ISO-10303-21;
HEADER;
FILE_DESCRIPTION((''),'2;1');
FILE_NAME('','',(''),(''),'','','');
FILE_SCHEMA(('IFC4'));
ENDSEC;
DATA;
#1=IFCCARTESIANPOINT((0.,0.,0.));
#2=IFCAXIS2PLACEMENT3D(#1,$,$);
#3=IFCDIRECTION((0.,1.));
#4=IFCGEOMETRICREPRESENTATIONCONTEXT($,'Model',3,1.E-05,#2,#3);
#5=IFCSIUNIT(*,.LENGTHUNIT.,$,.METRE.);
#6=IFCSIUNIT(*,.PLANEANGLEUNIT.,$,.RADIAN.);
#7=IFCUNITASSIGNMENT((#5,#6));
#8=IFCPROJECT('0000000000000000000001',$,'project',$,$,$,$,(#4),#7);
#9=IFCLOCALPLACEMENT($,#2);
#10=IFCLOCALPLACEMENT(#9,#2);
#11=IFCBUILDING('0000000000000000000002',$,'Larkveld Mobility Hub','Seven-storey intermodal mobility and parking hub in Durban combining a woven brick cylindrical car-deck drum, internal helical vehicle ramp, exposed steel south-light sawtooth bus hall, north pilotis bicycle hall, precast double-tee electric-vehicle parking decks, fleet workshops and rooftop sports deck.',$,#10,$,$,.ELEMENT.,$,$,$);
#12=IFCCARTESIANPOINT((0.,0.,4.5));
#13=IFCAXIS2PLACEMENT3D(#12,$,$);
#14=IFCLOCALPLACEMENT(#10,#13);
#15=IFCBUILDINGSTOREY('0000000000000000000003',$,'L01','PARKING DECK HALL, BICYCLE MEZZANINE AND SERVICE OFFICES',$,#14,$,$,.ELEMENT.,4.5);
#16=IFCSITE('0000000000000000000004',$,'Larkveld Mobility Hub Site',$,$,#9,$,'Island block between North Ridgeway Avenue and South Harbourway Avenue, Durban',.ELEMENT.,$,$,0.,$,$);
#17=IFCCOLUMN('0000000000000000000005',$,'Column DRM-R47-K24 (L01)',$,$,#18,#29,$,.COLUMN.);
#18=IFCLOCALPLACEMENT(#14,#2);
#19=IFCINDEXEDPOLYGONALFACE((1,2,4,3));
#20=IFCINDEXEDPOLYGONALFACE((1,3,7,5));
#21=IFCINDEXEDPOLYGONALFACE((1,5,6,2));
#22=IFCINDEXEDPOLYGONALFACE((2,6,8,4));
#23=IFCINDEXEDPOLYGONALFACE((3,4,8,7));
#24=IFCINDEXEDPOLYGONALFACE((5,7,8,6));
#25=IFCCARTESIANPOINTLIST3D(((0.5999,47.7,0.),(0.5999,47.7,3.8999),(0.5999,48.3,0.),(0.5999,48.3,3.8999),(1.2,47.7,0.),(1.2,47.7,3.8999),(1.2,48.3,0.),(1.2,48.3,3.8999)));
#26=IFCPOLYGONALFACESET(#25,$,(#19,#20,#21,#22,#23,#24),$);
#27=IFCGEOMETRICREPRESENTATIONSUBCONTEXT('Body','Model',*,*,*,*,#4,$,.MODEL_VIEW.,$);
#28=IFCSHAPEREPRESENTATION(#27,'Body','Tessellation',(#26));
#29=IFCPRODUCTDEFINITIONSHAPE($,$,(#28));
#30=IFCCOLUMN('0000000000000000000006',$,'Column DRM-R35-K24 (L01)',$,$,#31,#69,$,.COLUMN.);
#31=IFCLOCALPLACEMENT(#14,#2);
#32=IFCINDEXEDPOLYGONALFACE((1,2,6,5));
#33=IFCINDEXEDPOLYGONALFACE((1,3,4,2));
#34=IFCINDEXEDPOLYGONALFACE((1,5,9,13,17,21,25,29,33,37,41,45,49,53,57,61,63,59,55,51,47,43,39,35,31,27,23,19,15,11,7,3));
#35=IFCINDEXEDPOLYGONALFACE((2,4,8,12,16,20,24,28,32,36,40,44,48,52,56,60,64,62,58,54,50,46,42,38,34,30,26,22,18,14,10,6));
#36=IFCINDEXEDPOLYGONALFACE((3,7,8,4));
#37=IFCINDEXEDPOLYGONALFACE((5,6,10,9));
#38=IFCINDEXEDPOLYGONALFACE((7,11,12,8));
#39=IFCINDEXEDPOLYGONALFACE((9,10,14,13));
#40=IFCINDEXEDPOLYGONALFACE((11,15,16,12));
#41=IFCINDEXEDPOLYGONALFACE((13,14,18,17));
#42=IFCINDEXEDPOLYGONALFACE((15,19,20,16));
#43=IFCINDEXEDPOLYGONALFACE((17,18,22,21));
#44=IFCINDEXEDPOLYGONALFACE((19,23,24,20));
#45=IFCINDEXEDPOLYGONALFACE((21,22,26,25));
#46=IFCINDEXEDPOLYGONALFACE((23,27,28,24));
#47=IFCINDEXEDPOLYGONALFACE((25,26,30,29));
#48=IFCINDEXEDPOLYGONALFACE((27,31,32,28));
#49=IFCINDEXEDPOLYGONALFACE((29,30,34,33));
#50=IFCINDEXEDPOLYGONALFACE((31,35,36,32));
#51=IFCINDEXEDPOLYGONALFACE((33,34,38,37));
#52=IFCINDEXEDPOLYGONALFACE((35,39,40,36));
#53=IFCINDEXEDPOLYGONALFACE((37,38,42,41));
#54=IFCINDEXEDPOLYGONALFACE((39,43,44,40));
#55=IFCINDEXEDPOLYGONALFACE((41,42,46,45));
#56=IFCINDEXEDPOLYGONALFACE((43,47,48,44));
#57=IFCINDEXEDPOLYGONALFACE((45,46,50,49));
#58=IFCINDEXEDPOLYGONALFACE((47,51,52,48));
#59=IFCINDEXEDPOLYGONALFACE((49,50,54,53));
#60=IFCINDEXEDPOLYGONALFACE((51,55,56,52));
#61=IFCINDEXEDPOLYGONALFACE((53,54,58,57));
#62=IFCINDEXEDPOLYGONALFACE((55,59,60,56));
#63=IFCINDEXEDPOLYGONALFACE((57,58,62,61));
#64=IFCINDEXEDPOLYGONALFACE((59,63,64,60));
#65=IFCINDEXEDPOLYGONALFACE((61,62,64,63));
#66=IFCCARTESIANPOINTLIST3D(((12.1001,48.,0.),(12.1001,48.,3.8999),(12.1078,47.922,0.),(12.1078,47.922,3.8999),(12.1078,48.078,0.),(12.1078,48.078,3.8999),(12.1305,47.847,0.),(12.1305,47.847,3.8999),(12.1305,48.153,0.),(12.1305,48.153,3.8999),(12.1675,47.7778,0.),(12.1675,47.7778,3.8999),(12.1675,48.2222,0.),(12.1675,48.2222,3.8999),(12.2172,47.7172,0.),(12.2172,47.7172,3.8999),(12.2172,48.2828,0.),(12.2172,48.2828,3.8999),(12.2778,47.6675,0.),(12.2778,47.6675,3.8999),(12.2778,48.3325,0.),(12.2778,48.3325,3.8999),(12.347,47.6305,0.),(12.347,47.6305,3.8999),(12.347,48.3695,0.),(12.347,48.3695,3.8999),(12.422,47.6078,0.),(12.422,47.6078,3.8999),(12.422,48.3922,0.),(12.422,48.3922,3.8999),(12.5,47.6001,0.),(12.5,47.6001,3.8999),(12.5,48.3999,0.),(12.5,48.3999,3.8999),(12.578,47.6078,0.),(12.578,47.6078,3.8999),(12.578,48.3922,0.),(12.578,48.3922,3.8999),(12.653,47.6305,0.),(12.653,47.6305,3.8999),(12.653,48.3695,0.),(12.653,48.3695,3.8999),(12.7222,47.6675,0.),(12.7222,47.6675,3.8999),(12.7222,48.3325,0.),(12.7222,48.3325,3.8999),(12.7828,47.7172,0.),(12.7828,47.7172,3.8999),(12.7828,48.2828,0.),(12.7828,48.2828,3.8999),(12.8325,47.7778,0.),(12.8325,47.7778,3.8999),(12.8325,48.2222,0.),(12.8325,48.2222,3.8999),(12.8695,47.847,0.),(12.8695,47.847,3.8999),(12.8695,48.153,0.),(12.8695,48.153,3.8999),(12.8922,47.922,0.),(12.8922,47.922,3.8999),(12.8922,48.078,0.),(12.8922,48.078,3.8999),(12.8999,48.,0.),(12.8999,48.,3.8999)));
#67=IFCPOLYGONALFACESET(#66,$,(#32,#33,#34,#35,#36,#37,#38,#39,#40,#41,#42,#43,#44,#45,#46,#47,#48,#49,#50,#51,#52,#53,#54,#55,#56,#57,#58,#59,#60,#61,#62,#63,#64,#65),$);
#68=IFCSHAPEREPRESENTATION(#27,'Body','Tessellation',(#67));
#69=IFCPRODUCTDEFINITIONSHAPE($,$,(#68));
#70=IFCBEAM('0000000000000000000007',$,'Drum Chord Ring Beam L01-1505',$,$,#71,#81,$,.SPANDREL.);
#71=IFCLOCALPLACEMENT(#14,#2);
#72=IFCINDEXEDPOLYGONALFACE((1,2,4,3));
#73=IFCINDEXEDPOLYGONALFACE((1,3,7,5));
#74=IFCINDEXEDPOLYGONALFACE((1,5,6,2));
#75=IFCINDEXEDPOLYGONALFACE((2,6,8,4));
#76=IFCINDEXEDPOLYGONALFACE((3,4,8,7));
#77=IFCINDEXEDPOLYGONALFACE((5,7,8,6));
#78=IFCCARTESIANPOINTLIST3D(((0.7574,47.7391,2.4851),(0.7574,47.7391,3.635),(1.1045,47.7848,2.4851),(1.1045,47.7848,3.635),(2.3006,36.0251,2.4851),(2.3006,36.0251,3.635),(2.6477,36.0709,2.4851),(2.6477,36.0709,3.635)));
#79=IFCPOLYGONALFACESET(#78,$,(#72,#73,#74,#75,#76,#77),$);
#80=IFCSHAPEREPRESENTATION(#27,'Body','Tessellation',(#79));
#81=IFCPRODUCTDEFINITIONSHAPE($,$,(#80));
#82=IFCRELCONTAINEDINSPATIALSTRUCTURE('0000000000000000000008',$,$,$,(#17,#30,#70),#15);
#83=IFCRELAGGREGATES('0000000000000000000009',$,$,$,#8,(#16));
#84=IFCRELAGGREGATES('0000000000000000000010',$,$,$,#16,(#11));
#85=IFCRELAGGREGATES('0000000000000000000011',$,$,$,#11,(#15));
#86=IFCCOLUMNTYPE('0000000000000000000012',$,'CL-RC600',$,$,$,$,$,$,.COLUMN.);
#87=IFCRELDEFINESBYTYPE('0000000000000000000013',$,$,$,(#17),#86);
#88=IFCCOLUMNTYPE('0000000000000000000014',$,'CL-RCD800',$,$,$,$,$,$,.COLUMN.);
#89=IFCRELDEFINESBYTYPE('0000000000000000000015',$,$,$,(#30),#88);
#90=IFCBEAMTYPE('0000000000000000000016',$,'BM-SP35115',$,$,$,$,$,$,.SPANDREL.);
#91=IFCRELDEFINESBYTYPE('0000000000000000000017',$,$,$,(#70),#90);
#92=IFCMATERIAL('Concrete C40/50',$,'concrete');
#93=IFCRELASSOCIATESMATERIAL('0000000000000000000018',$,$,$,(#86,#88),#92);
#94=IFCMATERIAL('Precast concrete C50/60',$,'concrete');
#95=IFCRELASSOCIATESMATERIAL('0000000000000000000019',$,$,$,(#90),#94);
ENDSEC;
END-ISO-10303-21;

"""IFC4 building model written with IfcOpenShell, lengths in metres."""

from ifc_helpers import new_model, si_unit, direction, frame, origin, origin_2d, place, context, subcontext, project, spatial, rectangle, circle, extrude, material, material_profile, profile_set, type_object, element, save


model = new_model("IFC4")

# Units and contexts
model_context = context("Model", 3, precision=1e-05, world=origin(), true_north=direction((0.0, 1.0)))
body_context = subcontext(model_context, "Body", "Model", "MODEL_VIEW")
ifc_project = project(units=[si_unit("LENGTHUNIT", "METRE"), si_unit("PLANEANGLEUNIT", "RADIAN")], contexts=[model_context])

# Site, building, storey
site_placement = place(None, origin())
site = spatial("IfcSite", under=ifc_project, at=site_placement, Name="Larkveld Mobility Hub Site", LongName="Island block between North Ridgeway Avenue and South Harbourway Avenue, Durban", CompositionType="ELEMENT", RefElevation=0.0)
building_placement = place(site_placement, origin())
building = spatial("IfcBuilding", under=site, at=building_placement, Name="Larkveld Mobility Hub", Description="Seven-storey intermodal mobility and parking hub in Durban combining a woven brick cylindrical car-deck drum, internal helical vehicle ramp, exposed steel south-light sawtooth bus hall, north pilotis bicycle hall, precast double-tee electric-vehicle parking decks, fleet workshops and rooftop sports deck.", CompositionType="ELEMENT")
storey_placement = place(building_placement, frame((0.0, 0.0, 4.5)))
storey = spatial("IfcBuildingStorey", under=building, at=storey_placement, Name="L01", Description="PARKING DECK HALL, BICYCLE MEZZANINE AND SERVICE OFFICES", CompositionType="ELEMENT", Elevation=4.5)

# Columns
ifc_material_1 = material(Name="Concrete C40/50", Category="concrete")
ifc_material_profile_1 = material_profile(ifc_material_1, rectangle(XDim=0.6001, YDim=0.6001, at=origin_2d()), Name="RC COL 600x600")
ifc_profile_set_1 = profile_set([ifc_material_profile_1], Name="Concrete C40/50")
column_type_1 = type_object("IfcColumnType", Name="CL-RC600", PredefinedType="COLUMN", material=ifc_profile_set_1)
column_1_placement = place(storey_placement, frame((0.8999, 48.0, 0.0), z_axis=(0.0, 0.0, 1.0), x_axis=(1.0, 0.0, 0.0)))
element("IfcColumn", 1, at=column_1_placement, inside=storey, type_object=column_type_1, Name="Column DRM-R47-K24 (L01)", PredefinedType="COLUMN", context=body_context, shape_type="SweptSolid", body=[
    extrude(rectangle(XDim=0.6001, YDim=0.6001, at=origin_2d()), origin(), (0.0, 0.0, 1.0), 3.8999),
])
ifc_material_profile_2 = material_profile(ifc_material_1, circle(Radius=0.3999, at=origin_2d()), Name="RC COL D800")
ifc_profile_set_2 = profile_set([ifc_material_profile_2], Name="Concrete C40/50")
column_type_2 = type_object("IfcColumnType", Name="CL-RCD800", PredefinedType="COLUMN", material=ifc_profile_set_2)
column_2_placement = place(storey_placement, frame((12.5, 48.0, 0.0), z_axis=(0.0, 0.0, 1.0), x_axis=(1.0, 0.0, 0.0)))
element("IfcColumn", 2, at=column_2_placement, inside=storey, type_object=column_type_2, Name="Column DRM-R35-K24 (L01)", PredefinedType="COLUMN", context=body_context, shape_type="SweptSolid", body=[
    extrude(circle(Radius=0.3999, at=origin_2d()), origin(), (0.0, 0.0, 1.0), 3.8999),
])

# Beam
ifc_material_2 = material(Name="Precast concrete C50/60", Category="concrete")
ifc_material_profile_3 = material_profile(ifc_material_2, rectangle(XDim=0.3501, YDim=1.1499, at=origin_2d()), Name="PC SP 350x1150")
ifc_profile_set_3 = profile_set([ifc_material_profile_3], Name="Precast concrete C50/60")
beam_type = type_object("IfcBeamType", Name="BM-SP35115", PredefinedType="SPANDREL", material=ifc_profile_set_3)
beam_placement = place(storey_placement, frame((0.9309, 47.762, 3.0601), z_axis=(0.130614, -0.991433, 0.0), x_axis=(0.991433, 0.130614, 0.0)))
element("IfcBeam", 3, at=beam_placement, inside=storey, type_object=beam_type, Name="Drum Chord Ring Beam L01-1505", PredefinedType="SPANDREL", context=body_context, shape_type="SweptSolid", body=[
    extrude(rectangle(XDim=0.3501, YDim=1.1499, at=origin_2d()), origin(), (0.0, 0.0, 1.0), 11.8152),
])

save(model, "model.ifc")
